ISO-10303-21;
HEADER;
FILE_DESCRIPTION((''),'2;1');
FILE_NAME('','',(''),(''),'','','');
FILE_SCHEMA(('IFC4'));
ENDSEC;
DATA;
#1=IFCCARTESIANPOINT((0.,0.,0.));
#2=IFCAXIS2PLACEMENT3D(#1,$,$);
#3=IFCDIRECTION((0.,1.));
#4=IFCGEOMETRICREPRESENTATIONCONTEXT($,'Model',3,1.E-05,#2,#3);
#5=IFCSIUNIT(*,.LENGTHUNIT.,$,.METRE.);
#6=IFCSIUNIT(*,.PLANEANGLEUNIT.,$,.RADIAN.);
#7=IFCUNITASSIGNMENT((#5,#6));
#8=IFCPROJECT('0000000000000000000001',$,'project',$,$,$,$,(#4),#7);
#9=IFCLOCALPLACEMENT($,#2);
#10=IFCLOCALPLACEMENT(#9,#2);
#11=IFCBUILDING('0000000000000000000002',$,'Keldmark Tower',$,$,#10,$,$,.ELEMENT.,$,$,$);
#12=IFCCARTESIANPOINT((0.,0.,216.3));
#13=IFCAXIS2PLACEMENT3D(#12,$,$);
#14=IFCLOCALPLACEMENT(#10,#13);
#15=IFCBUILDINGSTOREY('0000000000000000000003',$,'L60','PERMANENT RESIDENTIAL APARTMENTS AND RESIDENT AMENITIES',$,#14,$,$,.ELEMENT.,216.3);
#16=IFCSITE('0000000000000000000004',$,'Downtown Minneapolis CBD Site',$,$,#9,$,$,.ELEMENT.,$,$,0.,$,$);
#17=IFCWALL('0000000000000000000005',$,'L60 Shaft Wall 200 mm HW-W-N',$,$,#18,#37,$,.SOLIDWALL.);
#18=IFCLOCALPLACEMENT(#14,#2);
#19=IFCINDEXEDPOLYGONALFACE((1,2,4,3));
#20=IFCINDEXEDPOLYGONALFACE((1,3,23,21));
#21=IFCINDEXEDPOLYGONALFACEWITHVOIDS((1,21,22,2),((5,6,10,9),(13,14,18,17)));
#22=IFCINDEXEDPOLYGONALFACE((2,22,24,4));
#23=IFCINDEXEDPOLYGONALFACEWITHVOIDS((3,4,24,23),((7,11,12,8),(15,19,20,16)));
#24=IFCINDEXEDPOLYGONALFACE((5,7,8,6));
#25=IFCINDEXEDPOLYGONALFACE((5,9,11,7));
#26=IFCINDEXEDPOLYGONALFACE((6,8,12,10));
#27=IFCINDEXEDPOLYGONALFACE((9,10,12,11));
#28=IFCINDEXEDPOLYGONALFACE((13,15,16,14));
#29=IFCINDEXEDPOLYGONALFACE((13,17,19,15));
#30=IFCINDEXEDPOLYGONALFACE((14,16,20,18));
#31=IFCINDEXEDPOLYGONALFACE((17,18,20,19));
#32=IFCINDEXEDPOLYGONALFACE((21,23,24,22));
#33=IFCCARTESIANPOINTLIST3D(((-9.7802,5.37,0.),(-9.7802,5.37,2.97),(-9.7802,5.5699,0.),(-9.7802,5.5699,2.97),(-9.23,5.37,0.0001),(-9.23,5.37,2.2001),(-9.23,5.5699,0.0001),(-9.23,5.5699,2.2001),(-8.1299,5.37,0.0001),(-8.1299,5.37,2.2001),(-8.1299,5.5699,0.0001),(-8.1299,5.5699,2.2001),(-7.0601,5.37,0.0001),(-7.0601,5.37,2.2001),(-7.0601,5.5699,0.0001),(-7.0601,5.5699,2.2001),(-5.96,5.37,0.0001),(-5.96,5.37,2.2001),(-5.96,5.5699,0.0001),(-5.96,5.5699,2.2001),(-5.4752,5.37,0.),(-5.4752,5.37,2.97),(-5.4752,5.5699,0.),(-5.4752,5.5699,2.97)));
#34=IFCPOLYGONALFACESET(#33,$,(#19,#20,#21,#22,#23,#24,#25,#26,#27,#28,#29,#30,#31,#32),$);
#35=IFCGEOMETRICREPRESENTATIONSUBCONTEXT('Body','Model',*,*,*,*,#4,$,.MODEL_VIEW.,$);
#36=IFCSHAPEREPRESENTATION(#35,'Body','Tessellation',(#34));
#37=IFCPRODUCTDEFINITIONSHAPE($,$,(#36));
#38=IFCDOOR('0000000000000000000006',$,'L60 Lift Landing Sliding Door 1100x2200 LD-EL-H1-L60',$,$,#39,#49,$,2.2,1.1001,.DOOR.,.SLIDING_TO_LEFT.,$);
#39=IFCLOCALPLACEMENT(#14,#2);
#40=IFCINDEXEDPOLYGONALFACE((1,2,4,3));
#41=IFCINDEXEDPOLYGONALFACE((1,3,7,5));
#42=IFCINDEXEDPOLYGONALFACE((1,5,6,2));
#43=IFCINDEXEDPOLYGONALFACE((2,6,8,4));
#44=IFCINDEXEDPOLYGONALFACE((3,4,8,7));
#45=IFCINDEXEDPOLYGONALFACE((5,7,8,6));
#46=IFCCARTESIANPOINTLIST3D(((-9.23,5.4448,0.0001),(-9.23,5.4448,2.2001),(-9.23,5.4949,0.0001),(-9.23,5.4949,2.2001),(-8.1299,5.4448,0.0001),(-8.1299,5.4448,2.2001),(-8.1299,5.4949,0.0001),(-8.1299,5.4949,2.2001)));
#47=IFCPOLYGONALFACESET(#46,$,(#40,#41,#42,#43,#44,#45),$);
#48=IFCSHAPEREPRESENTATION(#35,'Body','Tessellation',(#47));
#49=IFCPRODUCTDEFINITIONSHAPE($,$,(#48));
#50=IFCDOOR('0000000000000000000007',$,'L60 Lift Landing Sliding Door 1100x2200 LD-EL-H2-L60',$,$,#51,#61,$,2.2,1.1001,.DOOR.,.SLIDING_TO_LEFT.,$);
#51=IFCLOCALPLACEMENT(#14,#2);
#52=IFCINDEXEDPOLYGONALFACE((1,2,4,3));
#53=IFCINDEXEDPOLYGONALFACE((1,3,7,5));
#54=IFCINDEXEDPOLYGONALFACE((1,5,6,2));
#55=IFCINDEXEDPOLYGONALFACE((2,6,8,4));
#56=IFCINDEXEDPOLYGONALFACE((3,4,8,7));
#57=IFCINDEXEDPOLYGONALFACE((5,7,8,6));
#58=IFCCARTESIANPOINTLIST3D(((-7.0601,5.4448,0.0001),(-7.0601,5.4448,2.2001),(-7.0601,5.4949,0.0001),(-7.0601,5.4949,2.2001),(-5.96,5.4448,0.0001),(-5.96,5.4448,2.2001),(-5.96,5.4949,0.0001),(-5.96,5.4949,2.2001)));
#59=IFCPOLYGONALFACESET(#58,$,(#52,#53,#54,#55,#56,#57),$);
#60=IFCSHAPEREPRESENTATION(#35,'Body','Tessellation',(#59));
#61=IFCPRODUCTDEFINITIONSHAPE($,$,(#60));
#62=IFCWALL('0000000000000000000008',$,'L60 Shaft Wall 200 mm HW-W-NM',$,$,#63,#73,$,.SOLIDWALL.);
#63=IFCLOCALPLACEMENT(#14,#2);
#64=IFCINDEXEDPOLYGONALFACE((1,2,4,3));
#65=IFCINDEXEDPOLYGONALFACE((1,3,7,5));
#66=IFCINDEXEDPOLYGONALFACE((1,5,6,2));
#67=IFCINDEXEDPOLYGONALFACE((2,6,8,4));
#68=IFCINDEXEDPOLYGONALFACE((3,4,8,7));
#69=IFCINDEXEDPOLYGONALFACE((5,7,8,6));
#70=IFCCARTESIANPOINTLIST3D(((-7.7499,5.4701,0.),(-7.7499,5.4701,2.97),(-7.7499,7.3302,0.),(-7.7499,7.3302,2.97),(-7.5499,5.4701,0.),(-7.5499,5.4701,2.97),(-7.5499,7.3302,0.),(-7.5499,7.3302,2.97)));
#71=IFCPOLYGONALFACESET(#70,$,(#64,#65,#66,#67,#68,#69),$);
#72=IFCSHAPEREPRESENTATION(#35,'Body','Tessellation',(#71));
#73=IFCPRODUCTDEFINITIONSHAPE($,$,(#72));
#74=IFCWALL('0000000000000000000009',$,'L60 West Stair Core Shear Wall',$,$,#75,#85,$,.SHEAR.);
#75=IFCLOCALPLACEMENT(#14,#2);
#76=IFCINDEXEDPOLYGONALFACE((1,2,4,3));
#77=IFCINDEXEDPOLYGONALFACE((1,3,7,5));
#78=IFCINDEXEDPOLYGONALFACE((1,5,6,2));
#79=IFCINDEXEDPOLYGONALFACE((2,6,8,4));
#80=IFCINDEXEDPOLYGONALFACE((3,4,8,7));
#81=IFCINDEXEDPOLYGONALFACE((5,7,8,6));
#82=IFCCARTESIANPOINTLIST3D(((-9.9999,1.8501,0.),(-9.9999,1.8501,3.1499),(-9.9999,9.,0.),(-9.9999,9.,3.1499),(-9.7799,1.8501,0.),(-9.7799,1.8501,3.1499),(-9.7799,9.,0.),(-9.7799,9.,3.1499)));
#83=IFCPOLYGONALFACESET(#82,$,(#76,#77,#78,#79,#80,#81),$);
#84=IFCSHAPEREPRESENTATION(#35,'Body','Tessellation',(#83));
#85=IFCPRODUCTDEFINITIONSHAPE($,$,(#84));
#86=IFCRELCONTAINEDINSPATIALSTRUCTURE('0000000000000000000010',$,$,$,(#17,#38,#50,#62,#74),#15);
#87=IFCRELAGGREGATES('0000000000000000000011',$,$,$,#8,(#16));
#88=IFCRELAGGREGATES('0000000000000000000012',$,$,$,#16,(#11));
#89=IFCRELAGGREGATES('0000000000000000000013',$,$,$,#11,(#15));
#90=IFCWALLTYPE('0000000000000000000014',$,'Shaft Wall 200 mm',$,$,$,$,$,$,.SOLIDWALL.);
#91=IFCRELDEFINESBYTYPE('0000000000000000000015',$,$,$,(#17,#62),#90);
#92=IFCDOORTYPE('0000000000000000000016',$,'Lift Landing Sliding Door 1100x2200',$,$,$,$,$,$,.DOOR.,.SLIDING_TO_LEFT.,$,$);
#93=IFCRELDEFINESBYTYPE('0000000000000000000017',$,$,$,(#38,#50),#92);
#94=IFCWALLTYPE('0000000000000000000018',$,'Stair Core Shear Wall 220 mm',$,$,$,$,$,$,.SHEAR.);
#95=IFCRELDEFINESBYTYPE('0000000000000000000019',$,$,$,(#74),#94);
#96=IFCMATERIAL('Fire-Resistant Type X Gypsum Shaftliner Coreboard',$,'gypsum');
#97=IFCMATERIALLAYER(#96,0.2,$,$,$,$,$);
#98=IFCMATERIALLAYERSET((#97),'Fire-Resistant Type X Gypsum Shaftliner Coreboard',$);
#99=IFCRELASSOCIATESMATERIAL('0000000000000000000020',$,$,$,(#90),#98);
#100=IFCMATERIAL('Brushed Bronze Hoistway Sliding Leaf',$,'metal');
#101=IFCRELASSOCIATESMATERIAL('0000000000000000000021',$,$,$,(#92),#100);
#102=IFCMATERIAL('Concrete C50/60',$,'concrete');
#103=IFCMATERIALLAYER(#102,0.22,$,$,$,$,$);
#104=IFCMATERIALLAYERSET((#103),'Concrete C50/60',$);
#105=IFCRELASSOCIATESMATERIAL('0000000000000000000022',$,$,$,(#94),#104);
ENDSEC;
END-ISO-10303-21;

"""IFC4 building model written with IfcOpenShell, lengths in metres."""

from ifc_helpers import new_model, si_unit, direction, frame, frame_2d, origin, place, context, subcontext, project, spatial, rectangle, extrude, material, layer, layer_set, type_object, element, fill, save


model = new_model("IFC4")

# Units and contexts
model_context = context("Model", 3, precision=1e-05, world=origin(), true_north=direction((0.0, 1.0)))
body_context = subcontext(model_context, "Body", "Model", "MODEL_VIEW")
ifc_project = project(units=[si_unit("LENGTHUNIT", "METRE"), si_unit("PLANEANGLEUNIT", "RADIAN")], contexts=[model_context])

# Site, building, storey
site_placement = place(None, origin())
site = spatial("IfcSite", under=ifc_project, at=site_placement, Name="Downtown Minneapolis CBD Site", CompositionType="ELEMENT", RefElevation=0.0)
building_placement = place(site_placement, origin())
building = spatial("IfcBuilding", under=site, at=building_placement, Name="Keldmark Tower", CompositionType="ELEMENT")
storey_placement = place(building_placement, frame((0.0, 0.0, 216.3)))
storey = spatial("IfcBuildingStorey", under=building, at=storey_placement, Name="L60", Description="PERMANENT RESIDENTIAL APARTMENTS AND RESIDENT AMENITIES", CompositionType="ELEMENT", Elevation=216.3)

# Shared definitions
ifc_material_1 = material(Name="Fire-Resistant Type X Gypsum Shaftliner Coreboard", Category="gypsum")
ifc_layer_1 = layer(ifc_material_1, 0.2)
ifc_layer_set_1 = layer_set([ifc_layer_1], Name="Fire-Resistant Type X Gypsum Shaftliner Coreboard")
wall_type_1 = type_object("IfcWallType", Name="Shaft Wall 200 mm", PredefinedType="SOLIDWALL", material=ifc_layer_set_1)
ifc_material_2 = material(Name="Brushed Bronze Hoistway Sliding Leaf", Category="metal")
door_type_1 = type_object("IfcDoorType", Name="Lift Landing Sliding Door 1100x2200", OperationType="SLIDING_TO_LEFT", PredefinedType="DOOR", material=ifc_material_2)

# Wall, openings, doors
wall_1_placement = place(storey_placement, frame((-9.78, 5.47, 0.0), z_axis=(0.0, 0.0, 1.0), x_axis=(1.0, 0.0, 0.0)))
wall_1 = element("IfcWall", 1, at=wall_1_placement, inside=storey, type_object=wall_type_1, Name="L60 Shaft Wall 200 mm HW-W-N", PredefinedType="SOLIDWALL", context=body_context, shape_type="SweptSolid", body=[
    extrude(rectangle(XDim=4.3049, YDim=0.2, at=frame_2d((2.1523, 0.0))), origin(), (0.0, 0.0, 1.0), 2.97),
])
opening_1_placement = place(wall_1_placement, frame((0.55, 0.0, 0.0)))
opening_1 = element("IfcOpeningElement", 2, at=opening_1_placement, cuts=wall_1, PredefinedType="OPENING", context=body_context, shape_type="SweptSolid", body=[
    extrude(rectangle(XDim=1.1001, YDim=2.2, at=frame_2d((0.55, 1.1001))), frame((0.0, 0.1099, 0.0), z_axis=(0.0, -1.0, 0.0), x_axis=(1.0, 0.0, 0.0)), (0.0, 0.0, 1.0), 0.22),
])
opening_2_placement = place(wall_1_placement, frame((2.72, 0.0, 0.0)))
opening_2 = element("IfcOpeningElement", 3, at=opening_2_placement, cuts=wall_1, PredefinedType="OPENING", context=body_context, shape_type="SweptSolid", body=[
    extrude(rectangle(XDim=1.1001, YDim=2.2, at=frame_2d((0.55, 1.1001))), frame((0.0, 0.1099, 0.0), z_axis=(0.0, -1.0, 0.0), x_axis=(1.0, 0.0, 0.0)), (0.0, 0.0, 1.0), 0.22),
])
door_1_placement = place(opening_1_placement, origin())
door_1 = element("IfcDoor", 4, at=door_1_placement, inside=storey, type_object=door_type_1, Name="L60 Lift Landing Sliding Door 1100x2200 LD-EL-H1-L60", OperationType="SLIDING_TO_LEFT", OverallHeight=2.2, OverallWidth=1.1001, PredefinedType="DOOR", context=body_context, shape_type="SweptSolid", body=[
    extrude(rectangle(XDim=1.1001, YDim=2.2, at=frame_2d((0.55, 1.1001))), frame((0.0, 0.0249, 0.0), z_axis=(0.0, -1.0, 0.0), x_axis=(1.0, 0.0, 0.0)), (0.0, 0.0, 1.0), 0.05),
])
fill(opening_1, door_1)
door_2_placement = place(opening_2_placement, origin())
door_2 = element("IfcDoor", 5, at=door_2_placement, inside=storey, type_object=door_type_1, Name="L60 Lift Landing Sliding Door 1100x2200 LD-EL-H2-L60", OperationType="SLIDING_TO_LEFT", OverallHeight=2.2, OverallWidth=1.1001, PredefinedType="DOOR", context=body_context, shape_type="SweptSolid", body=[
    extrude(rectangle(XDim=1.1001, YDim=2.2, at=frame_2d((0.55, 1.1001))), frame((0.0, 0.0249, 0.0), z_axis=(0.0, -1.0, 0.0), x_axis=(1.0, 0.0, 0.0)), (0.0, 0.0, 1.0), 0.05),
])
fill(opening_2, door_2)

# Walls
wall_2_placement = place(storey_placement, frame((-7.6499, 5.47, 0.0), z_axis=(0.0, 0.0, 1.0), x_axis=(0.0, 1.0, 0.0)))
element("IfcWall", 6, at=wall_2_placement, inside=storey, type_object=wall_type_1, Name="L60 Shaft Wall 200 mm HW-W-NM", PredefinedType="SOLIDWALL", context=body_context, shape_type="SweptSolid", body=[
    extrude(rectangle(XDim=1.8601, YDim=0.2, at=frame_2d((0.9302, 0.0))), origin(), (0.0, 0.0, 1.0), 2.97),
])
ifc_material_3 = material(Name="Concrete C50/60", Category="concrete")
ifc_layer_2 = layer(ifc_material_3, 0.22)
ifc_layer_set_2 = layer_set([ifc_layer_2], Name="Concrete C50/60")
wall_type_2 = type_object("IfcWallType", Name="Stair Core Shear Wall 220 mm", PredefinedType="SHEAR", material=ifc_layer_set_2)
wall_3_placement = place(storey_placement, frame((-9.8899, 1.8501, 0.0), z_axis=(0.0, 0.0, 1.0), x_axis=(0.0, 1.0, 0.0)))
element("IfcWall", 7, at=wall_3_placement, inside=storey, type_object=wall_type_2, Name="L60 West Stair Core Shear Wall", PredefinedType="SHEAR", context=body_context, shape_type="SweptSolid", body=[
    extrude(rectangle(XDim=7.1499, YDim=0.22, at=frame_2d((3.575, 0.0))), origin(), (0.0, 0.0, 1.0), 3.1499),
])

save(model, "model.ifc")
